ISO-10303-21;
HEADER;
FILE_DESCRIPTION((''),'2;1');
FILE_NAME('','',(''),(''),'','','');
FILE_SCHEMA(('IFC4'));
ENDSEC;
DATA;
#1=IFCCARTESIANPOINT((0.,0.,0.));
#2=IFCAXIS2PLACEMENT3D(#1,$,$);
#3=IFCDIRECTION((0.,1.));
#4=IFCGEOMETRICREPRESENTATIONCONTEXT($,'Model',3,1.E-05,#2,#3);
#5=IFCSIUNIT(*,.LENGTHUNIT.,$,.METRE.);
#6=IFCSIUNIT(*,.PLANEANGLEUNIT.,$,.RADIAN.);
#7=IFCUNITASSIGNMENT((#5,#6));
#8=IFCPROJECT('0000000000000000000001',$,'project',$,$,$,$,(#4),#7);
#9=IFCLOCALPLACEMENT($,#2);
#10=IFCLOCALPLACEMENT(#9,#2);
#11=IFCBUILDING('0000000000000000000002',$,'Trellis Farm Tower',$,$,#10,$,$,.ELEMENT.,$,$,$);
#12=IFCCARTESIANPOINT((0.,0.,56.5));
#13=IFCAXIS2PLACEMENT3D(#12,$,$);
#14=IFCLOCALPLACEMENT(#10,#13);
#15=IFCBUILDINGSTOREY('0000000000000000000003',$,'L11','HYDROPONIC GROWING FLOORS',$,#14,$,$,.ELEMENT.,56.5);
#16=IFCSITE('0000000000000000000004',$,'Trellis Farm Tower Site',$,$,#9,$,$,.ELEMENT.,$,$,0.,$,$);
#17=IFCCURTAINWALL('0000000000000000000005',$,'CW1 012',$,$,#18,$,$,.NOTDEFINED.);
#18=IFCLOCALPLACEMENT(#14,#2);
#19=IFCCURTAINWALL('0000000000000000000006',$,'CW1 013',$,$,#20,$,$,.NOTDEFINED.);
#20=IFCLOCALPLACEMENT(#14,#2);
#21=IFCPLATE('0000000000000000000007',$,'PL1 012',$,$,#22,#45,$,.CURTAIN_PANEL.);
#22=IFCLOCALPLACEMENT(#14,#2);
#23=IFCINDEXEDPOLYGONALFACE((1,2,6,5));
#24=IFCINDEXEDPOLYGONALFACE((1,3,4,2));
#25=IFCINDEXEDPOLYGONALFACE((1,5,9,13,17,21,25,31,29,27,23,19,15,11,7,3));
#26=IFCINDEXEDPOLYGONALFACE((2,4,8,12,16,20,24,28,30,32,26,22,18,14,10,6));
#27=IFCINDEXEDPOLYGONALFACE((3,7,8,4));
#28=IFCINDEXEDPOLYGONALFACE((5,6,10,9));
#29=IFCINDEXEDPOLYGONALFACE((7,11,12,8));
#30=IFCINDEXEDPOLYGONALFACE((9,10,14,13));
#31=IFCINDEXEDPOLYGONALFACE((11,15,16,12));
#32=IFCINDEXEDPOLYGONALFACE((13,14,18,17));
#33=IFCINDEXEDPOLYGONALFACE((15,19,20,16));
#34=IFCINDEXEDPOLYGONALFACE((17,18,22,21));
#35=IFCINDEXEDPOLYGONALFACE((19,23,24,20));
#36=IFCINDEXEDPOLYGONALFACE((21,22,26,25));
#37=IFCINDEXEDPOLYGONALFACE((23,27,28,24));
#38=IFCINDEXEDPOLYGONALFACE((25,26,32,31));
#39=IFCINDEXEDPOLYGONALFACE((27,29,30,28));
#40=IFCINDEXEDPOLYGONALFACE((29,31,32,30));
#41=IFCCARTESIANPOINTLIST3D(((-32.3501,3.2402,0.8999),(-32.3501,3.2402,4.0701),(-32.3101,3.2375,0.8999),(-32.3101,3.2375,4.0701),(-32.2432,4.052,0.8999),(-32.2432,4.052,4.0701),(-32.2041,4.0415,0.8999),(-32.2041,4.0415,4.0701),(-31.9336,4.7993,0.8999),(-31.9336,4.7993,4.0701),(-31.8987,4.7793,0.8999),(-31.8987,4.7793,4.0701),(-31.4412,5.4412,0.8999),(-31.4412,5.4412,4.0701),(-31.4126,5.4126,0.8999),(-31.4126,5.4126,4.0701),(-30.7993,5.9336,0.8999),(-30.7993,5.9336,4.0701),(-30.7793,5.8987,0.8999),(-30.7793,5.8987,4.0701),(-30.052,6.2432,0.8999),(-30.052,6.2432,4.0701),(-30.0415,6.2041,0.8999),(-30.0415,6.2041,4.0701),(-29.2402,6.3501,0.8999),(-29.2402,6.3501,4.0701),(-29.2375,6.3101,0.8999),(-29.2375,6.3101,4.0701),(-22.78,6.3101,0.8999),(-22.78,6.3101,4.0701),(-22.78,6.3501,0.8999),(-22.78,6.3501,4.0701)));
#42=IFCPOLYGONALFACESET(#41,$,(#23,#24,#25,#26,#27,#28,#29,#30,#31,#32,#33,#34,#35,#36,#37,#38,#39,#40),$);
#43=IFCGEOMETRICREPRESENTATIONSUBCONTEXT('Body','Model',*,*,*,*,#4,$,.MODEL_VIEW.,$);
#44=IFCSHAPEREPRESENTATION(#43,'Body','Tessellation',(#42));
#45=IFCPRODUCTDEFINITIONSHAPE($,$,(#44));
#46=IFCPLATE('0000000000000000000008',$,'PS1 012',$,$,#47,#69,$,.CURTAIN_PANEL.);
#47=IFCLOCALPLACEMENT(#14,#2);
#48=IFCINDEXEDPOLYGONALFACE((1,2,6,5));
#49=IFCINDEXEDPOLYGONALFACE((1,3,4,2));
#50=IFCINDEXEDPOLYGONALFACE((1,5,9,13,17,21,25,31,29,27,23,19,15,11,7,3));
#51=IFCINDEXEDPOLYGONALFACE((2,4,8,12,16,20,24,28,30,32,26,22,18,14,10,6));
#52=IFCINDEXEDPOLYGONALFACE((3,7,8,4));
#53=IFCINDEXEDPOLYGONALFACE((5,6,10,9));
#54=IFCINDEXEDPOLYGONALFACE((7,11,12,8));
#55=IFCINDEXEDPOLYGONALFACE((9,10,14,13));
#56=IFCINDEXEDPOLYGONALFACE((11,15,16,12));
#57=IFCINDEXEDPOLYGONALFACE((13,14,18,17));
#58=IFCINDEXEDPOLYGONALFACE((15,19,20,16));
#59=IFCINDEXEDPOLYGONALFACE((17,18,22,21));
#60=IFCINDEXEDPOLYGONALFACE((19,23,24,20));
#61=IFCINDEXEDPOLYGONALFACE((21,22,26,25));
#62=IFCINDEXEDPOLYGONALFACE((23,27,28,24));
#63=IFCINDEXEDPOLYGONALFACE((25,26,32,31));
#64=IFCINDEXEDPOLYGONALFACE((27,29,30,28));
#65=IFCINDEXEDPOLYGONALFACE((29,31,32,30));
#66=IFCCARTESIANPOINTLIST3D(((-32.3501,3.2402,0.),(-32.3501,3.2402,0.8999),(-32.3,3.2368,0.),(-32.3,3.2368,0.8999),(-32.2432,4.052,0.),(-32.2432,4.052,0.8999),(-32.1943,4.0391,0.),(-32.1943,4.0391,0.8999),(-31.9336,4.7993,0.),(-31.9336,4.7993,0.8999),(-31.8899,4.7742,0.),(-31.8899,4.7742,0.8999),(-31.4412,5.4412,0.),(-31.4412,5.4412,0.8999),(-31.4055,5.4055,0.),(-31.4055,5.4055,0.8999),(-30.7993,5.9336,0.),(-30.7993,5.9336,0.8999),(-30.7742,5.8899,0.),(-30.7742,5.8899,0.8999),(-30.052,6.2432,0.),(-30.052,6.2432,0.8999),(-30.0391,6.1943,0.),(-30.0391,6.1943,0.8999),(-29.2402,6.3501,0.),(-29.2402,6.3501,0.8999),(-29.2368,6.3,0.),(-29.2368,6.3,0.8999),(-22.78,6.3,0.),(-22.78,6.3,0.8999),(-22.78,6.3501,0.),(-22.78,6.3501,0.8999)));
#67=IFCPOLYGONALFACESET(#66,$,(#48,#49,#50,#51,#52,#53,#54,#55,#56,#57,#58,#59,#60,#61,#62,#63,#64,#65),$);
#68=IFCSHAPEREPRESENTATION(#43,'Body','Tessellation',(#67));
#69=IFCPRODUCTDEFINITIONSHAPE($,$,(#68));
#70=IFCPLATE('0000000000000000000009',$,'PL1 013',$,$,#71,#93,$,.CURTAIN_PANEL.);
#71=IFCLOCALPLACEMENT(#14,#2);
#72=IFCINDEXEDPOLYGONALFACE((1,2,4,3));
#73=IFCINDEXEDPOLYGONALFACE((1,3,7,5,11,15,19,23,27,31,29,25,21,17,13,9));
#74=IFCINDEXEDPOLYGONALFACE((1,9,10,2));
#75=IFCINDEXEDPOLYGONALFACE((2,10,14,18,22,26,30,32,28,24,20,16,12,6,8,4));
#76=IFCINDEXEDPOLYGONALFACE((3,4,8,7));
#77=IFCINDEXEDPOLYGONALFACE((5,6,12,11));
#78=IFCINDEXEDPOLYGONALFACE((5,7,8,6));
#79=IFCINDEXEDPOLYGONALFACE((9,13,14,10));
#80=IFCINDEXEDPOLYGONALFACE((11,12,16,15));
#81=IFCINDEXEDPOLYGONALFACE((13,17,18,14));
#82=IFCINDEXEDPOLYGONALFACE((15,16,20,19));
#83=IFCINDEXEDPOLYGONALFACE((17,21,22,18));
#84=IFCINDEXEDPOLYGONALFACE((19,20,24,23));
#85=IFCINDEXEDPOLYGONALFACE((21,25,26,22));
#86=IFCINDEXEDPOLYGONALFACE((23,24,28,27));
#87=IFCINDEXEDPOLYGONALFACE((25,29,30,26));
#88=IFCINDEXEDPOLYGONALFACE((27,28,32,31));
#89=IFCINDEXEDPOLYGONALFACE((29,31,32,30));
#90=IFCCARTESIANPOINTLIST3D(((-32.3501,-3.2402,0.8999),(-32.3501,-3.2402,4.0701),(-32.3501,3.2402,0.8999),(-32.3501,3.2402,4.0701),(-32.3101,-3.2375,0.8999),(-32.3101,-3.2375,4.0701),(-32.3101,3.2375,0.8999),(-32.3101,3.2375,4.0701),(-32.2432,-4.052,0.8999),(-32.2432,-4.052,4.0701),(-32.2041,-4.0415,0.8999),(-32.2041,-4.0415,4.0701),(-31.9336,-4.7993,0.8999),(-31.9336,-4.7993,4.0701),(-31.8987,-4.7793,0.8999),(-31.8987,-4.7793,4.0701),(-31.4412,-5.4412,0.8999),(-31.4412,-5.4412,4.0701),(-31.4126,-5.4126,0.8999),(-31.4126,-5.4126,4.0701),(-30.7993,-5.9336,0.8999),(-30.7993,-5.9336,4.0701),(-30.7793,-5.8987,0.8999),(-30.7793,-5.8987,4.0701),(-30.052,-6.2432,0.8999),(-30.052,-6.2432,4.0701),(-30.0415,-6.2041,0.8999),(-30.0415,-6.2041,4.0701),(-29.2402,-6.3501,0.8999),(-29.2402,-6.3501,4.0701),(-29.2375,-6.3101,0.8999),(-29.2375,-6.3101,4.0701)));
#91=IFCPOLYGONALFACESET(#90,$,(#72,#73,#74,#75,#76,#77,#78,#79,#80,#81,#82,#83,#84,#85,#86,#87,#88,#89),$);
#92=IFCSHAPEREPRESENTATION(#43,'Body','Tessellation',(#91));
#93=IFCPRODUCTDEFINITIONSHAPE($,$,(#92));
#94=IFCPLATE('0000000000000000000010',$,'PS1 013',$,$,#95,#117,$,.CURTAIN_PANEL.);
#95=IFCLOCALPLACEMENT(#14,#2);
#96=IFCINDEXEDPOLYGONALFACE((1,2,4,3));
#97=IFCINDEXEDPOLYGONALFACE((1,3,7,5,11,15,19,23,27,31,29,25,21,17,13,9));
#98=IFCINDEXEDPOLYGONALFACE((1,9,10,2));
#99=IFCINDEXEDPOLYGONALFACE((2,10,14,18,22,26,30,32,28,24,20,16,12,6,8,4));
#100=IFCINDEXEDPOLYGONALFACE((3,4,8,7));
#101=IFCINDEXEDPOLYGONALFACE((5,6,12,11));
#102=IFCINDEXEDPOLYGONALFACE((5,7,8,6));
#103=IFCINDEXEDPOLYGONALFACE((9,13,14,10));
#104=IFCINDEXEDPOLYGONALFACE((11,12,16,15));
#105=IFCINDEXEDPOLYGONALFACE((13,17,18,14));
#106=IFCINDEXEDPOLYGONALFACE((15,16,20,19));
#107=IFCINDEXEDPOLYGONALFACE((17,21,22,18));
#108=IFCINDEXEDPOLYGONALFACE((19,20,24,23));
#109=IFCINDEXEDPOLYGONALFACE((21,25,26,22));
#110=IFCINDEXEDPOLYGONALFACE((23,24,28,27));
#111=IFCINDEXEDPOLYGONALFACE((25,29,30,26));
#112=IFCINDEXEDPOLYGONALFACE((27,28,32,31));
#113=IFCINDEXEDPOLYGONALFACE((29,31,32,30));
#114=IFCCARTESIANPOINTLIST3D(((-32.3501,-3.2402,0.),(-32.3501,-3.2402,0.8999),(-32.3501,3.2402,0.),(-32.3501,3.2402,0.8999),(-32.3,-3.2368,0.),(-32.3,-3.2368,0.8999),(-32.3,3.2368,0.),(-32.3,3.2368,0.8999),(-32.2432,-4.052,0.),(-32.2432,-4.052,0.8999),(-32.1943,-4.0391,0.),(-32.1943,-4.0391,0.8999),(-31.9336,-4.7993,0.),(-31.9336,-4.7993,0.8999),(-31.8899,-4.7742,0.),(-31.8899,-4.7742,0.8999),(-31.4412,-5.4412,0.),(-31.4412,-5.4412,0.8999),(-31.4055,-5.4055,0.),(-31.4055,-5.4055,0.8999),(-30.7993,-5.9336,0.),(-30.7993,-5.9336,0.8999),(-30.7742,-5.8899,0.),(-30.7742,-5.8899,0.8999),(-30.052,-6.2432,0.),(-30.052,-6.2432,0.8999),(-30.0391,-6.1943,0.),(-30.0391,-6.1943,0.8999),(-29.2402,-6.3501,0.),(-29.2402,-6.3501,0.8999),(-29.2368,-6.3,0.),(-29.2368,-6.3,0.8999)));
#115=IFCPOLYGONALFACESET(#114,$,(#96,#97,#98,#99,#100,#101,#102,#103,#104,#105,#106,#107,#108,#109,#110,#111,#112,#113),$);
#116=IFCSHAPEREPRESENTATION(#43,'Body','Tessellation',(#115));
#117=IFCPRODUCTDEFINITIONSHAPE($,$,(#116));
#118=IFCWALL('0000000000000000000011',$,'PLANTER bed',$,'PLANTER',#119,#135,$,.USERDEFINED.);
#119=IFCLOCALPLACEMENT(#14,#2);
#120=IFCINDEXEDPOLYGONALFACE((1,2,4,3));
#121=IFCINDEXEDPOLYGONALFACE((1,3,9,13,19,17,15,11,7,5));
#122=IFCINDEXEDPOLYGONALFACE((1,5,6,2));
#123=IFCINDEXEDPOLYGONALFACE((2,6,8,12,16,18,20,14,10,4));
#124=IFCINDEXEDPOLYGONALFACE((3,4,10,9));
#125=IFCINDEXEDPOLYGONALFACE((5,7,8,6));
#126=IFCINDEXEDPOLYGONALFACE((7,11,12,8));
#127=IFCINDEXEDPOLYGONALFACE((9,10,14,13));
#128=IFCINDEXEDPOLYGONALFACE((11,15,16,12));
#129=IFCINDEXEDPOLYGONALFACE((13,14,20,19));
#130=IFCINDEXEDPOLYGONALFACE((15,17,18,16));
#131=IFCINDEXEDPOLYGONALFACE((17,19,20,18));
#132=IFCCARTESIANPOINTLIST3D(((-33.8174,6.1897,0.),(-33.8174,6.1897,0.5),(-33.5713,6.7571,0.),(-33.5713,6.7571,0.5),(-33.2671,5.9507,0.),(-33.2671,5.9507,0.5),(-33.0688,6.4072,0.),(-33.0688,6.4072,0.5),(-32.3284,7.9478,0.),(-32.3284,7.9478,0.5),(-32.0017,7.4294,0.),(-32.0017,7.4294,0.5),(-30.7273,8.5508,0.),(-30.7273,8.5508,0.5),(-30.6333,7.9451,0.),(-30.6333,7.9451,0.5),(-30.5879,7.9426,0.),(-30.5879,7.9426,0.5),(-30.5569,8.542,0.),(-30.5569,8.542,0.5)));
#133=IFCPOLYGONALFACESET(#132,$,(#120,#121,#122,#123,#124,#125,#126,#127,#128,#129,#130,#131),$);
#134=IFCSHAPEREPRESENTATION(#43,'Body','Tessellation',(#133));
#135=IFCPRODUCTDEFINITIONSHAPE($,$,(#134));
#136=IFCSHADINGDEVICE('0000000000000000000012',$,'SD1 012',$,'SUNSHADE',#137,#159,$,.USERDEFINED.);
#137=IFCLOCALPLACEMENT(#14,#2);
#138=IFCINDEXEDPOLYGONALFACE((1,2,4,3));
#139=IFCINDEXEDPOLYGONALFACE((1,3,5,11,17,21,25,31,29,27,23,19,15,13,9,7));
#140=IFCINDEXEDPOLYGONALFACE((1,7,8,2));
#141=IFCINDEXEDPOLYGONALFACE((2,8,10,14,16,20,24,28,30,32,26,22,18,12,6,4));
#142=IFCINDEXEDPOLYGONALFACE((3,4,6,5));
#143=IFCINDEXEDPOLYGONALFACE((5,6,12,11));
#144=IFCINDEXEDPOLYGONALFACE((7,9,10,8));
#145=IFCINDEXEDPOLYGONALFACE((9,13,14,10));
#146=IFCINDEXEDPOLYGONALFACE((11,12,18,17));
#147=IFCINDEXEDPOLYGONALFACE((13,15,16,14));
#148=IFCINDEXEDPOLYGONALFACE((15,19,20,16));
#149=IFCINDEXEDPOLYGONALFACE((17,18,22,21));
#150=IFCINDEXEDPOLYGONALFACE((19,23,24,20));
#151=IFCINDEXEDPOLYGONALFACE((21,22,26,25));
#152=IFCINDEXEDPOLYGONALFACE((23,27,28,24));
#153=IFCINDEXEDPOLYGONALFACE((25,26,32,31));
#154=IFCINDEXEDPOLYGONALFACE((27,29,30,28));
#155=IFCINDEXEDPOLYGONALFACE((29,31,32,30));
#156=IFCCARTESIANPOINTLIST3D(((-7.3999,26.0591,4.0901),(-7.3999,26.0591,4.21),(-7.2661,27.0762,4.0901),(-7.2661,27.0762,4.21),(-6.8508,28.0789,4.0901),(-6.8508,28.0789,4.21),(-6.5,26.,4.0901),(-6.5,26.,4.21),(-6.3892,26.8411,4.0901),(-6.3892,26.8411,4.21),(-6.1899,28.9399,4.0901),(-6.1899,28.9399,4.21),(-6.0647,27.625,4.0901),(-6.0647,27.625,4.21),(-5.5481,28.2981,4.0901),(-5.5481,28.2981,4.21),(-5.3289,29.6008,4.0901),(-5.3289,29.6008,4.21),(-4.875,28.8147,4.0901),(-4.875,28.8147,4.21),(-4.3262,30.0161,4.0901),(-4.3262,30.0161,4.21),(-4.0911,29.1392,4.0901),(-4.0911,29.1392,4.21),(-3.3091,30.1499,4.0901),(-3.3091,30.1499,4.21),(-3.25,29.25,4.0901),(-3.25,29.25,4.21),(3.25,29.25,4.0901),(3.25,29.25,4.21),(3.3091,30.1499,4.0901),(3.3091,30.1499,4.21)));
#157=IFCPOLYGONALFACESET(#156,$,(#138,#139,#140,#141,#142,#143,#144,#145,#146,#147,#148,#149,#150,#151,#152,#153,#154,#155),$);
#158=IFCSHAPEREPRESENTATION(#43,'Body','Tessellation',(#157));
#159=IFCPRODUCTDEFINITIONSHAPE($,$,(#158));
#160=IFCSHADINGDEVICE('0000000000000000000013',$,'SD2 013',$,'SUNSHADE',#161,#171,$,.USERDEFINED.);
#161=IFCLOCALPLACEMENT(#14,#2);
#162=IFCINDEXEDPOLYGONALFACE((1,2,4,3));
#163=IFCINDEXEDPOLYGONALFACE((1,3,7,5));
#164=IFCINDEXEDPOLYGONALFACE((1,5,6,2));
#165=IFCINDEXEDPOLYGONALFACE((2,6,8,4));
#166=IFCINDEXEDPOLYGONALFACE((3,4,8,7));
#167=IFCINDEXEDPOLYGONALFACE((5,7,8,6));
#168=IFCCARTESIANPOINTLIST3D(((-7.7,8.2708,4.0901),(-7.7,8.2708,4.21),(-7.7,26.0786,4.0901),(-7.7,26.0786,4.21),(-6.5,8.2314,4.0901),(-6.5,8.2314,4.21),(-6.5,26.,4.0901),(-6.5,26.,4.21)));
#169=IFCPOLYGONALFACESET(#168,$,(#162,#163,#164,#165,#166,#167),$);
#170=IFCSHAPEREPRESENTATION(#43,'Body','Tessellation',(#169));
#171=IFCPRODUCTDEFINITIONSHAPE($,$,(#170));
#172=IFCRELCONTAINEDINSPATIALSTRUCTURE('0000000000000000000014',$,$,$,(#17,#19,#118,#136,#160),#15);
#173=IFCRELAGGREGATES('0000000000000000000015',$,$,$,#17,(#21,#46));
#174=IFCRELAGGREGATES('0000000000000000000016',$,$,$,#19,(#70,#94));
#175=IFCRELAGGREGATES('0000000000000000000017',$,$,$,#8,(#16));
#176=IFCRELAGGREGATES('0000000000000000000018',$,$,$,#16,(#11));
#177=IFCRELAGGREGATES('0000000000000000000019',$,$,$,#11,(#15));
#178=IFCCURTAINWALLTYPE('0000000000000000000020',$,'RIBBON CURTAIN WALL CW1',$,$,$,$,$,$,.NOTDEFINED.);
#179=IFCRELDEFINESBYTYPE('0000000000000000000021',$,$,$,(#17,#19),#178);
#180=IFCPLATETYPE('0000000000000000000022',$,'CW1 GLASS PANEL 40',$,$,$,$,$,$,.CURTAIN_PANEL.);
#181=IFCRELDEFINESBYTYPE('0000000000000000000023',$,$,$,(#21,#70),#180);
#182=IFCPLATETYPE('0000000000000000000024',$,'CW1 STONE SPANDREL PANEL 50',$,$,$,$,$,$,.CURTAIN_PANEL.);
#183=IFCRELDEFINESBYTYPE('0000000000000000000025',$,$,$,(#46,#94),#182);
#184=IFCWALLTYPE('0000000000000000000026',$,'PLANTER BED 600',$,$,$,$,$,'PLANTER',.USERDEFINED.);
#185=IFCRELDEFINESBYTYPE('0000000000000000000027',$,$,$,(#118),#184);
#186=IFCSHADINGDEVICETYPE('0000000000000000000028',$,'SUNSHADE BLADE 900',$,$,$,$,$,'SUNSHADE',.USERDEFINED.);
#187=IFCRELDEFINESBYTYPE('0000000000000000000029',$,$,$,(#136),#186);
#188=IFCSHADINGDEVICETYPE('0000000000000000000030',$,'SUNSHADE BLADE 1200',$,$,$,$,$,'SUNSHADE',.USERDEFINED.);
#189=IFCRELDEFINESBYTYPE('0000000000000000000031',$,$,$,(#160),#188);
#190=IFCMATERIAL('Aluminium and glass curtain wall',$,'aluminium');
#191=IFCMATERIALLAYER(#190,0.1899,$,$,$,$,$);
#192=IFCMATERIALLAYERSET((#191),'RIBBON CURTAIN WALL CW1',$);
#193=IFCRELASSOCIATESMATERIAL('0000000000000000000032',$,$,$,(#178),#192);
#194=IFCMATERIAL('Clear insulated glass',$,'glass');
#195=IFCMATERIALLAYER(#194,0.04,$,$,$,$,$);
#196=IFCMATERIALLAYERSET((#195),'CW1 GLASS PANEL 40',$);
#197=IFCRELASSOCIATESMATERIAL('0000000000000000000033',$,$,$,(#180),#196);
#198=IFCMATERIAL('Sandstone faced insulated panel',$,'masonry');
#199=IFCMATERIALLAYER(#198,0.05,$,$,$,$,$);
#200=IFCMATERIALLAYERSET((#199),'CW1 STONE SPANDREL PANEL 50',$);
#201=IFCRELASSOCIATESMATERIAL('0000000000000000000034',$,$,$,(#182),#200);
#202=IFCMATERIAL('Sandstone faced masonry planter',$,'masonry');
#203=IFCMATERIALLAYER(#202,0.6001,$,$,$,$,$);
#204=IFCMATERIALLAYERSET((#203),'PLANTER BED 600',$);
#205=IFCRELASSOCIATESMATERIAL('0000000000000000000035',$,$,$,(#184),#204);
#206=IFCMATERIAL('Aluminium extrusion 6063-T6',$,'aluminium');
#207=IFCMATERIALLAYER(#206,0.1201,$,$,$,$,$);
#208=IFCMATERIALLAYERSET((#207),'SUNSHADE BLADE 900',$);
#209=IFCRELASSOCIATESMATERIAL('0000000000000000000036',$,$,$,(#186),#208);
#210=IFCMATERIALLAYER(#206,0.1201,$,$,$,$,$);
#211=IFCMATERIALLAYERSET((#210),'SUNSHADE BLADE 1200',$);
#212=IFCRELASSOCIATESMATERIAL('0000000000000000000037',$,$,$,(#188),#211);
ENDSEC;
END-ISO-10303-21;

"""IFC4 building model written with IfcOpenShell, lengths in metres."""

from ifc_helpers import new_model, si_unit, direction, frame, origin, place, context, subcontext, project, spatial, polyline, outline, extrude, source, transform, mapped, material, layer, layer_set, type_object, element, aggregate, save


model = new_model("IFC4")

# Units and contexts
model_context = context("Model", 3, precision=1e-05, world=origin(), true_north=direction((0.0, 1.0)))
body_context = subcontext(model_context, "Body", "Model", "MODEL_VIEW")
ifc_project = project(units=[si_unit("LENGTHUNIT", "METRE"), si_unit("PLANEANGLEUNIT", "RADIAN")], contexts=[model_context])

# Site, building, storey
site_placement = place(None, origin())
site = spatial("IfcSite", under=ifc_project, at=site_placement, Name="Trellis Farm Tower Site", CompositionType="ELEMENT", RefElevation=0.0)
building_placement = place(site_placement, origin())
building = spatial("IfcBuilding", under=site, at=building_placement, Name="Trellis Farm Tower", CompositionType="ELEMENT")
storey_placement = place(building_placement, frame((0.0, 0.0, 56.5)))
storey = spatial("IfcBuildingStorey", under=building, at=storey_placement, Name="L11", Description="HYDROPONIC GROWING FLOORS", CompositionType="ELEMENT", Elevation=56.5)

# Curtain walls
ifc_material_1 = material(Name="Aluminium and glass curtain wall", Category="aluminium")
ifc_layer_1 = layer(ifc_material_1, 0.1899)
ifc_layer_set_1 = layer_set([ifc_layer_1], Name="RIBBON CURTAIN WALL CW1")
curtain_wall_type_1 = type_object("IfcCurtainWallType", Name="RIBBON CURTAIN WALL CW1", PredefinedType="NOTDEFINED", material=ifc_layer_set_1)
placement_1 = place(storey_placement, origin())
ifc_material_2 = material(Name="Aluminium extrusion 6063-T6", Category="aluminium")
curtain_wall_1 = element("IfcCurtainWall", 1, at=placement_1, inside=storey, type_object=curtain_wall_type_1, Name="CW1 012", PredefinedType="NOTDEFINED")
curtain_wall_2 = element("IfcCurtainWall", 2, at=placement_1, inside=storey, type_object=curtain_wall_type_1, Name="CW1 013", PredefinedType="NOTDEFINED")

# Plates
ifc_material_3 = material(Name="Clear insulated glass", Category="glass")
ifc_layer_2 = layer(ifc_material_3, 0.04)
ifc_layer_set_2 = layer_set([ifc_layer_2], Name="CW1 GLASS PANEL 40")
plate_type_1 = type_object("IfcPlateType", Name="CW1 GLASS PANEL 40", PredefinedType="CURTAIN_PANEL", material=ifc_layer_set_2)
placement_2 = place(storey_placement, frame((0.0, 0.0, 0.8999)))
ifc_material_4 = material(Name="Sandstone faced insulated panel", Category="masonry")
ifc_layer_3 = layer(ifc_material_4, 0.05)
ifc_layer_set_3 = layer_set([ifc_layer_3], Name="CW1 STONE SPANDREL PANEL 50")
plate_type_2 = type_object("IfcPlateType", Name="CW1 STONE SPANDREL PANEL 50", PredefinedType="CURTAIN_PANEL", material=ifc_layer_set_3)
shared_shape_1 = source(origin(), body_context, "Body", "SweptSolid", [
    extrude(outline(polyline([(-22.78, 6.3501), (-29.2402, 6.3501), (-30.052, 6.2432), (-30.7993, 5.9336), (-31.4412, 5.4412), (-31.9336, 4.7993), (-32.2432, 4.052), (-32.3501, 3.2402), (-32.3101, 3.2375), (-32.2041, 4.0415), (-31.8987, 4.7793), (-31.4126, 5.4126), (-30.7793, 5.8987), (-30.0415, 6.2041), (-29.2375, 6.3101), (-22.78, 6.3101), (-22.78, 6.3501)])), origin(), (0.0, 0.0, 1.0), 3.1702),
])
plate_1 = element("IfcPlate", 3, at=placement_2, type_object=plate_type_1, Name="PL1 012", PredefinedType="CURTAIN_PANEL", context=body_context, shape_type="MappedRepresentation", body=[
    mapped(shared_shape_1, transform((0.0, 0.0, 0.0))),
])
shared_shape_2 = source(origin(), body_context, "Body", "SweptSolid", [
    extrude(outline(polyline([(-22.78, 6.3501), (-29.2402, 6.3501), (-30.052, 6.2432), (-30.7993, 5.9336), (-31.4412, 5.4412), (-31.9336, 4.7993), (-32.2432, 4.052), (-32.3501, 3.2402), (-32.3, 3.2368), (-32.1943, 4.0391), (-31.8899, 4.7742), (-31.4055, 5.4055), (-30.7742, 5.8899), (-30.0391, 6.1943), (-29.2368, 6.3), (-22.78, 6.3), (-22.78, 6.3501)])), origin(), (0.0, 0.0, 1.0), 0.8999),
])
plate_2 = element("IfcPlate", 4, at=placement_1, type_object=plate_type_2, Name="PS1 012", PredefinedType="CURTAIN_PANEL", context=body_context, shape_type="MappedRepresentation", body=[
    mapped(shared_shape_2, transform((0.0, 0.0, 0.0))),
])
aggregate(curtain_wall_1, [plate_1, plate_2])
shared_shape_3 = source(origin(), body_context, "Body", "SweptSolid", [
    extrude(outline(polyline([(-32.3501, 3.2402), (-32.3501, -3.2402), (-32.2432, -4.052), (-31.9336, -4.7993), (-31.4412, -5.4412), (-30.7993, -5.9336), (-30.052, -6.2432), (-29.2402, -6.3501), (-29.2375, -6.3101), (-30.0415, -6.2041), (-30.7793, -5.8987), (-31.4126, -5.4126), (-31.8987, -4.7793), (-32.2041, -4.0415), (-32.3101, -3.2375), (-32.3101, 3.2375), (-32.3501, 3.2402)])), origin(), (0.0, 0.0, 1.0), 3.1702),
])
plate_3 = element("IfcPlate", 5, at=placement_2, type_object=plate_type_1, Name="PL1 013", PredefinedType="CURTAIN_PANEL", context=body_context, shape_type="MappedRepresentation", body=[
    mapped(shared_shape_3, transform((0.0, 0.0, 0.0))),
])
shared_shape_4 = source(origin(), body_context, "Body", "SweptSolid", [
    extrude(outline(polyline([(-32.3501, 3.2402), (-32.3501, -3.2402), (-32.2432, -4.052), (-31.9336, -4.7993), (-31.4412, -5.4412), (-30.7993, -5.9336), (-30.052, -6.2432), (-29.2402, -6.3501), (-29.2368, -6.3), (-30.0391, -6.1943), (-30.7742, -5.8899), (-31.4055, -5.4055), (-31.8899, -4.7742), (-32.1943, -4.0391), (-32.3, -3.2368), (-32.3, 3.2368), (-32.3501, 3.2402)])), origin(), (0.0, 0.0, 1.0), 0.8999),
])
plate_4 = element("IfcPlate", 6, at=placement_1, type_object=plate_type_2, Name="PS1 013", PredefinedType="CURTAIN_PANEL", context=body_context, shape_type="MappedRepresentation", body=[
    mapped(shared_shape_4, transform((0.0, 0.0, 0.0))),
])
aggregate(curtain_wall_2, [plate_3, plate_4])

# Wall
ifc_material_5 = material(Name="Sandstone faced masonry planter", Category="masonry")
ifc_layer_4 = layer(ifc_material_5, 0.6001)
ifc_layer_set_4 = layer_set([ifc_layer_4], Name="PLANTER BED 600")
wall_type = type_object("IfcWallType", Name="PLANTER BED 600", ElementType="PLANTER", PredefinedType="USERDEFINED", material=ifc_layer_set_4)
element("IfcWall", 7, at=placement_1, inside=storey, type_object=wall_type, Name="PLANTER bed", ObjectType="PLANTER", PredefinedType="USERDEFINED", context=body_context, shape_type="SweptSolid", body=[
    extrude(outline(polyline([(-33.5713, 6.7571), (-32.3284, 7.9478), (-30.7273, 8.5508), (-30.5569, 8.542), (-30.5879, 7.9426), (-30.6333, 7.9451), (-32.0017, 7.4294), (-33.0688, 6.4072), (-33.2671, 5.9507), (-33.8174, 6.1897), (-33.5713, 6.7571)])), origin(), (0.0, 0.0, 1.0), 0.5),
])

# Shading devices
ifc_layer_5 = layer(ifc_material_2, 0.1201)
ifc_layer_set_5 = layer_set([ifc_layer_5], Name="SUNSHADE BLADE 900")
shading_device_type_1 = type_object("IfcShadingDeviceType", Name="SUNSHADE BLADE 900", ElementType="SUNSHADE", PredefinedType="USERDEFINED", material=ifc_layer_set_5)
shared_shape_5 = source(origin(), body_context, "Body", "SweptSolid", [
    extrude(outline(polyline([(3.3091, 30.1499), (-3.3091, 30.1499), (-4.3262, 30.0161), (-5.3289, 29.6008), (-6.1899, 28.9399), (-6.8508, 28.0789), (-7.2661, 27.0762), (-7.3999, 26.0591), (-6.5, 26.0), (-6.3892, 26.8411), (-6.0647, 27.625), (-5.5481, 28.2981), (-4.875, 28.8147), (-4.0911, 29.1392), (-3.25, 29.25), (3.25, 29.25), (3.3091, 30.1499)])), origin(), (0.0, 0.0, 1.0), 0.1199),
])
placement_3 = place(storey_placement, frame((0.0, 0.0, 4.0901)))
element("IfcShadingDevice", 8, at=placement_3, inside=storey, type_object=shading_device_type_1, Name="SD1 012", ObjectType="SUNSHADE", PredefinedType="USERDEFINED", context=body_context, shape_type="MappedRepresentation", body=[
    mapped(shared_shape_5, transform((0.0, 0.0, 0.0))),
])
ifc_layer_6 = layer(ifc_material_2, 0.1201)
ifc_layer_set_6 = layer_set([ifc_layer_6], Name="SUNSHADE BLADE 1200")
shading_device_type_2 = type_object("IfcShadingDeviceType", Name="SUNSHADE BLADE 1200", ElementType="SUNSHADE", PredefinedType="USERDEFINED", material=ifc_layer_set_6)
shared_shape_6 = source(origin(), body_context, "Body", "SweptSolid", [
    extrude(outline(polyline([(-7.7, 26.0786), (-7.7, 8.2708), (-6.5, 8.2314), (-6.5, 26.0), (-7.7, 26.0786)])), origin(), (0.0, 0.0, 1.0), 0.1199),
])
element("IfcShadingDevice", 9, at=placement_3, inside=storey, type_object=shading_device_type_2, Name="SD2 013", ObjectType="SUNSHADE", PredefinedType="USERDEFINED", context=body_context, shape_type="MappedRepresentation", body=[
    mapped(shared_shape_6, transform((0.0, 0.0, 0.0))),
])

save(model, "model.ifc")
